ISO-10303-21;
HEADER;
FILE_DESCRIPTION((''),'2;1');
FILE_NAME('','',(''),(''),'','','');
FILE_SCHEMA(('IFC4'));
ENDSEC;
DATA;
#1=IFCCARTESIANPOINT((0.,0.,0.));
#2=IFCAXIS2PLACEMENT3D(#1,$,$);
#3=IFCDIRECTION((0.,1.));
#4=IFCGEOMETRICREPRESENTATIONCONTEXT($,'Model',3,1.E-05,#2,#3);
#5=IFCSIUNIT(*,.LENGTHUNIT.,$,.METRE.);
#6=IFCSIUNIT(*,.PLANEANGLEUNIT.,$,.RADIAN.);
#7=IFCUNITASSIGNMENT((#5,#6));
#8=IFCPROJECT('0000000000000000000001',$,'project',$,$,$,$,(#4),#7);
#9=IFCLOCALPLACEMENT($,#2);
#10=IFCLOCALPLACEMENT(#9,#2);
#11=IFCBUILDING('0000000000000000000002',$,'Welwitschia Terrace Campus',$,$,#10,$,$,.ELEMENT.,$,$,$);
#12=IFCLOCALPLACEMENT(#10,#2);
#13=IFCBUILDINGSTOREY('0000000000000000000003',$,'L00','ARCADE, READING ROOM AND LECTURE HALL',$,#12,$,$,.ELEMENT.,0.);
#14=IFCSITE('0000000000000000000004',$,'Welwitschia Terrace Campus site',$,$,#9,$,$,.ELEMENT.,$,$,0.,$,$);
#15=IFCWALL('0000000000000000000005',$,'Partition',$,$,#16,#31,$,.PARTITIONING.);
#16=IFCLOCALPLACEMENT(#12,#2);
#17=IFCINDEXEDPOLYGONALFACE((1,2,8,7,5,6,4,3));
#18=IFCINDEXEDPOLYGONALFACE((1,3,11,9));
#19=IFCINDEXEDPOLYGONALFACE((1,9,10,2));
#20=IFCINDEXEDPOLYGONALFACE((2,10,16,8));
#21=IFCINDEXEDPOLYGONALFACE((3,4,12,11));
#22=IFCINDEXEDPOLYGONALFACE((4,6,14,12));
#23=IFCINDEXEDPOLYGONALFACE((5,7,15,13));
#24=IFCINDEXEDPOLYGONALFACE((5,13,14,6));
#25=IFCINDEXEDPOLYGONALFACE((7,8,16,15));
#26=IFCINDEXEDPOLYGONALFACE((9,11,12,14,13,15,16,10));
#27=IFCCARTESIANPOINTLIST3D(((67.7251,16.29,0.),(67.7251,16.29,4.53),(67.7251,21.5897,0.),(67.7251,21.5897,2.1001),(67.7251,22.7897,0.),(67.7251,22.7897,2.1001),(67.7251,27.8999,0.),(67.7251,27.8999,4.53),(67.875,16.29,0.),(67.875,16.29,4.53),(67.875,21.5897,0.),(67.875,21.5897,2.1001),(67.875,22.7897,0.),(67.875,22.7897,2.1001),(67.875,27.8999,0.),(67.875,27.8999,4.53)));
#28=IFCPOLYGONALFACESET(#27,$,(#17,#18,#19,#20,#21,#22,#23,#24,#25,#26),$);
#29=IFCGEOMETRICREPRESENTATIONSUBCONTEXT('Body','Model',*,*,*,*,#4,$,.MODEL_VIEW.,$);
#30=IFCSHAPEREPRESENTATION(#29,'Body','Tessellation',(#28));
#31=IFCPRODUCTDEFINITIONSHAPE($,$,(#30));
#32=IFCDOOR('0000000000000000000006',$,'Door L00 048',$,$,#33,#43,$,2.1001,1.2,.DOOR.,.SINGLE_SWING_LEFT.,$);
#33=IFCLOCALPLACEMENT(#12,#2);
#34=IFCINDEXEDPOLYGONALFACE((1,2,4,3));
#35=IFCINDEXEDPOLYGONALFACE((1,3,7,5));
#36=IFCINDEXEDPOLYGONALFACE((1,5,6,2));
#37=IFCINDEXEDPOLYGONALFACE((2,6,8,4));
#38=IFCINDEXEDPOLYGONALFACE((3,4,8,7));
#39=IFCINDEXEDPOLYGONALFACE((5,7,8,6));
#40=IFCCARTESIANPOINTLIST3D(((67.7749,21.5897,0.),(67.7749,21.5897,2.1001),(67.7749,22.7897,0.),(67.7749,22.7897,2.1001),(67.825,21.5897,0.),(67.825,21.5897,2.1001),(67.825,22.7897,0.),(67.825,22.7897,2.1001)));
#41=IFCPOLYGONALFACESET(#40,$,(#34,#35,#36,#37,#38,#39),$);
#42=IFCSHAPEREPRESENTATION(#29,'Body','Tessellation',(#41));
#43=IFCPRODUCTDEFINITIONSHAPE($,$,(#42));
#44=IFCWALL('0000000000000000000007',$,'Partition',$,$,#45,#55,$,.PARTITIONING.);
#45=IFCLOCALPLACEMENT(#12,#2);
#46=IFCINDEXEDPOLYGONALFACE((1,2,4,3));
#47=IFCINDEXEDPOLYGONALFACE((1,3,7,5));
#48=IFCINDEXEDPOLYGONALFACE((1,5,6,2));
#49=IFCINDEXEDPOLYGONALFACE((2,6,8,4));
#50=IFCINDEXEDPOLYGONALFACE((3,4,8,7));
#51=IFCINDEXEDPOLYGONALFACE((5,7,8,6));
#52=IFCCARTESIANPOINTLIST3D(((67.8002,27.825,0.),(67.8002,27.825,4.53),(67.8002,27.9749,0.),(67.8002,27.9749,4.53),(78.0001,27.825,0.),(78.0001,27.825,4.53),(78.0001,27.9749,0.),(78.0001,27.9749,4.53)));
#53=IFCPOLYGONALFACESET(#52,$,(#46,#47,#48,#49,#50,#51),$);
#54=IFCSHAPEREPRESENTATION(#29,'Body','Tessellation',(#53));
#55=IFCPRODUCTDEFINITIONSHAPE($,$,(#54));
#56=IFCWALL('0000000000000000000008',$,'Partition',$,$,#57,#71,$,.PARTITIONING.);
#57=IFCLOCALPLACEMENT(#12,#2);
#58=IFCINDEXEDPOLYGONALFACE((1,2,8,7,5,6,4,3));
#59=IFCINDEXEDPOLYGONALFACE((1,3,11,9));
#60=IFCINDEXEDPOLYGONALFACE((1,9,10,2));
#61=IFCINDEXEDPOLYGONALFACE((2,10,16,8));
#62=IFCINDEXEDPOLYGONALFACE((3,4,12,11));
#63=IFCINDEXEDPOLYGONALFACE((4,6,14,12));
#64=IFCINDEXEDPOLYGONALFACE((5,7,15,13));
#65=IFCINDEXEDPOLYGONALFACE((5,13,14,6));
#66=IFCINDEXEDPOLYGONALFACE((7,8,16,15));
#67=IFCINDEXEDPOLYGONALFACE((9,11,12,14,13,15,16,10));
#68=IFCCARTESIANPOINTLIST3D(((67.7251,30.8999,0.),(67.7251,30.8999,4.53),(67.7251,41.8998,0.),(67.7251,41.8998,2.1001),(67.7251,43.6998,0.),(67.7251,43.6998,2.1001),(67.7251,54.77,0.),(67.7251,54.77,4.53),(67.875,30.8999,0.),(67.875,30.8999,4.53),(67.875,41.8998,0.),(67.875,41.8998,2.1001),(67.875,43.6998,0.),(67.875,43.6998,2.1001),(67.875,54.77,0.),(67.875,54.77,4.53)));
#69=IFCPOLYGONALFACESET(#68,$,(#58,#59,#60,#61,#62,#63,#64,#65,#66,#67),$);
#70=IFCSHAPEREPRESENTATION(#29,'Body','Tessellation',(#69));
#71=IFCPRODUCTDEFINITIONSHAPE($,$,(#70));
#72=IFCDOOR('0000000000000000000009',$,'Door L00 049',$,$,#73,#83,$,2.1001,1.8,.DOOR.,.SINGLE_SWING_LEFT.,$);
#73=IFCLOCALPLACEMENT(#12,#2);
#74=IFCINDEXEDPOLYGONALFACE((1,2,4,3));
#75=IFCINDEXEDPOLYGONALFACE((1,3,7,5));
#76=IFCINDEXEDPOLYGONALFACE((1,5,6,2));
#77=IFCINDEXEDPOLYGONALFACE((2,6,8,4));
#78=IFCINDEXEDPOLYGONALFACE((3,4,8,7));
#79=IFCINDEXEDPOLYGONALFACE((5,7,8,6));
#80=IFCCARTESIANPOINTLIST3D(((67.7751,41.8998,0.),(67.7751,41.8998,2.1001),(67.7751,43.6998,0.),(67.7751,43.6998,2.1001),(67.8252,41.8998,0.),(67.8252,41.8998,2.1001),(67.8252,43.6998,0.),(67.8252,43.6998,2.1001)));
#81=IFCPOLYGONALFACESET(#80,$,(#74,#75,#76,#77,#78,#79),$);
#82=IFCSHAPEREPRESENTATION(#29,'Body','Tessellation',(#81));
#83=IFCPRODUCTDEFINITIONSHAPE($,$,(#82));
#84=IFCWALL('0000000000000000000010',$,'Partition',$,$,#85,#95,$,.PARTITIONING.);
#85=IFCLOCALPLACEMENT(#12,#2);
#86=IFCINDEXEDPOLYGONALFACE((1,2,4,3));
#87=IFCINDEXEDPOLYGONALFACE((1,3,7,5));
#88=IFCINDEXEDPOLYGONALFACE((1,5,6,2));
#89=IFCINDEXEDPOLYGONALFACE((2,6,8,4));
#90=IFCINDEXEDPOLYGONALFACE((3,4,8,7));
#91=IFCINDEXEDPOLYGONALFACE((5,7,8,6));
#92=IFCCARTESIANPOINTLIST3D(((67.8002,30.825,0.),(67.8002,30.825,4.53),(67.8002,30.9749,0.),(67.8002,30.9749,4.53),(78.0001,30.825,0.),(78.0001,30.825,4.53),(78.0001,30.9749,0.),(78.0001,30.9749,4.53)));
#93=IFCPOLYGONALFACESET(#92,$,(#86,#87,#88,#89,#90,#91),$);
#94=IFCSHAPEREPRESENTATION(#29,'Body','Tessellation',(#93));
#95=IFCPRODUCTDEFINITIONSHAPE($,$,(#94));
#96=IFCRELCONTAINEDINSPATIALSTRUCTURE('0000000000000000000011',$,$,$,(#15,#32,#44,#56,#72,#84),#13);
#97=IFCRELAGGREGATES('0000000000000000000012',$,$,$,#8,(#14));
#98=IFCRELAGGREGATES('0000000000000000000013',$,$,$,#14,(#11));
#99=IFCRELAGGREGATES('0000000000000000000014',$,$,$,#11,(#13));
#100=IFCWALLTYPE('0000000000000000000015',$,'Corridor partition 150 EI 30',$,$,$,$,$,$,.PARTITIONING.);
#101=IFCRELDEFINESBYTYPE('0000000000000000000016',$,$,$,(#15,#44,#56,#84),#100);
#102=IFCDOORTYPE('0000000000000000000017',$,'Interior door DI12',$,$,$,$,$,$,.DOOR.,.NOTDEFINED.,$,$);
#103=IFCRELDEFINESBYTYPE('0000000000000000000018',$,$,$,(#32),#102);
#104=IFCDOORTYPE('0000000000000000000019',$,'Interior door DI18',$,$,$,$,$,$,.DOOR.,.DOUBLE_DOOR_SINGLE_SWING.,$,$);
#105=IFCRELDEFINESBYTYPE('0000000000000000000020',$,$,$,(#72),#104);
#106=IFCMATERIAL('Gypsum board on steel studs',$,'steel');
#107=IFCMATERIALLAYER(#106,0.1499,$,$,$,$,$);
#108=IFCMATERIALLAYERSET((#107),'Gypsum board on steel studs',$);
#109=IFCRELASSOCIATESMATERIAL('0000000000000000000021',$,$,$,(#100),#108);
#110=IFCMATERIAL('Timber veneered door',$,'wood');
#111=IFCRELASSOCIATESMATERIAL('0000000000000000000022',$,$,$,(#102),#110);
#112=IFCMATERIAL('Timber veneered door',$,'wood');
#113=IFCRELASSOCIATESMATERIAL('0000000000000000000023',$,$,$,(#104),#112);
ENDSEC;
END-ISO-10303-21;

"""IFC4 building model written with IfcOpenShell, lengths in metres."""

from ifc_helpers import new_model, si_unit, direction, frame, frame_2d, origin, place, context, subcontext, project, spatial, rectangle, extrude, material, layer, layer_set, type_object, element, fill, save


model = new_model("IFC4")

# Units and contexts
model_context = context("Model", 3, precision=1e-05, world=origin(), true_north=direction((0.0, 1.0)))
body_context = subcontext(model_context, "Body", "Model", "MODEL_VIEW")
ifc_project = project(units=[si_unit("LENGTHUNIT", "METRE"), si_unit("PLANEANGLEUNIT", "RADIAN")], contexts=[model_context])

# Site, building, storey
site_placement = place(None, origin())
site = spatial("IfcSite", under=ifc_project, at=site_placement, Name="Welwitschia Terrace Campus site", CompositionType="ELEMENT", RefElevation=0.0)
building_placement = place(site_placement, origin())
building = spatial("IfcBuilding", under=site, at=building_placement, Name="Welwitschia Terrace Campus", CompositionType="ELEMENT")
storey_placement = place(building_placement, origin())
storey = spatial("IfcBuildingStorey", under=building, at=storey_placement, Name="L00", Description="ARCADE, READING ROOM AND LECTURE HALL", CompositionType="ELEMENT", Elevation=0.0)

# Shared definitions
ifc_material_1 = material(Name="Gypsum board on steel studs", Category="steel")
ifc_layer = layer(ifc_material_1, 0.1499)
ifc_layer_set = layer_set([ifc_layer], Name="Gypsum board on steel studs")
wall_type = type_object("IfcWallType", Name="Corridor partition 150 EI 30", PredefinedType="PARTITIONING", material=ifc_layer_set)

# Wall, opening, door
wall_1_placement = place(storey_placement, frame((67.8, 27.8999, 0.0), z_axis=(0.0, 0.0, 1.0), x_axis=(0.0, -1.0, 0.0)))
wall_1 = element("IfcWall", 1, at=wall_1_placement, inside=storey, type_object=wall_type, Name="Partition", PredefinedType="PARTITIONING", context=body_context, shape_type="SweptSolid", body=[
    extrude(rectangle(XDim=11.6099, YDim=0.1499, at=frame_2d((5.8049, 0.0))), origin(), (0.0, 0.0, 1.0), 4.53),
])
opening_1_placement = place(wall_1_placement, frame((5.1101, 0.0, 0.0)))
opening_1 = element("IfcOpeningElement", 2, at=opening_1_placement, cuts=wall_1, PredefinedType="OPENING", context=body_context, shape_type="SweptSolid", body=[
    extrude(rectangle(XDim=1.2, YDim=2.1001, at=frame_2d((0.6001, 1.05))), frame((0.0, 0.085, 0.0), z_axis=(0.0, -1.0, 0.0), x_axis=(1.0, 0.0, 0.0)), (0.0, 0.0, 1.0), 0.1699),
])
ifc_material_2 = material(Name="Timber veneered door", Category="wood")
door_type_1 = type_object("IfcDoorType", Name="Interior door DI12", OperationType="NOTDEFINED", PredefinedType="DOOR", material=ifc_material_2)
door_1_placement = place(opening_1_placement, origin())
door_1 = element("IfcDoor", 3, at=door_1_placement, inside=storey, type_object=door_type_1, Name="Door L00 048", OperationType="SINGLE_SWING_LEFT", OverallHeight=2.1001, OverallWidth=1.2, PredefinedType="DOOR", context=body_context, shape_type="SweptSolid", body=[
    extrude(rectangle(XDim=1.2, YDim=2.1001, at=frame_2d((0.6001, 1.05))), frame((0.0, 0.0249, 0.0), z_axis=(0.0, -1.0, 0.0), x_axis=(1.0, 0.0, 0.0)), (0.0, 0.0, 1.0), 0.05),
])
fill(opening_1, door_1)

# Wall
wall_2_placement = place(storey_placement, frame((67.8, 27.8999, 0.0), z_axis=(0.0, 0.0, 1.0), x_axis=(1.0, 0.0, 0.0)))
element("IfcWall", 4, at=wall_2_placement, inside=storey, type_object=wall_type, Name="Partition", PredefinedType="PARTITIONING", context=body_context, shape_type="SweptSolid", body=[
    extrude(rectangle(XDim=10.2, YDim=0.1499, at=frame_2d((5.1001, 0.0))), origin(), (0.0, 0.0, 1.0), 4.53),
])

# Wall, opening, door
wall_3_placement = place(storey_placement, frame((67.8, 30.8999, 0.0), z_axis=(0.0, 0.0, 1.0), x_axis=(0.0, 1.0, 0.0)))
wall_3 = element("IfcWall", 5, at=wall_3_placement, inside=storey, type_object=wall_type, Name="Partition", PredefinedType="PARTITIONING", context=body_context, shape_type="SweptSolid", body=[
    extrude(rectangle(XDim=23.8701, YDim=0.1499, at=frame_2d((11.9351, 0.0))), origin(), (0.0, 0.0, 1.0), 4.53),
])
opening_2_placement = place(wall_3_placement, frame((11.0, 0.0, 0.0)))
opening_2 = element("IfcOpeningElement", 6, at=opening_2_placement, cuts=wall_3, PredefinedType="OPENING", context=body_context, shape_type="SweptSolid", body=[
    extrude(rectangle(XDim=1.8, YDim=2.1001, at=frame_2d((0.8999, 1.05))), frame((0.0, 0.085, 0.0), z_axis=(0.0, -1.0, 0.0), x_axis=(1.0, 0.0, 0.0)), (0.0, 0.0, 1.0), 0.1699),
])
ifc_material_3 = material(Name="Timber veneered door", Category="wood")
door_type_2 = type_object("IfcDoorType", Name="Interior door DI18", OperationType="DOUBLE_DOOR_SINGLE_SWING", PredefinedType="DOOR", material=ifc_material_3)
door_2_placement = place(opening_2_placement, origin())
door_2 = element("IfcDoor", 7, at=door_2_placement, inside=storey, type_object=door_type_2, Name="Door L00 049", OperationType="SINGLE_SWING_LEFT", OverallHeight=2.1001, OverallWidth=1.8, PredefinedType="DOOR", context=body_context, shape_type="SweptSolid", body=[
    extrude(rectangle(XDim=1.8, YDim=2.1001, at=frame_2d((0.8999, 1.05))), frame((0.0, 0.0249, 0.0), z_axis=(0.0, -1.0, 0.0), x_axis=(1.0, 0.0, 0.0)), (0.0, 0.0, 1.0), 0.05),
])
fill(opening_2, door_2)

# Wall
wall_4_placement = place(storey_placement, frame((67.8, 30.8999, 0.0), z_axis=(0.0, 0.0, 1.0), x_axis=(1.0, 0.0, 0.0)))
element("IfcWall", 8, at=wall_4_placement, inside=storey, type_object=wall_type, Name="Partition", PredefinedType="PARTITIONING", context=body_context, shape_type="SweptSolid", body=[
    extrude(rectangle(XDim=10.2, YDim=0.1499, at=frame_2d((5.1001, 0.0))), origin(), (0.0, 0.0, 1.0), 4.53),
])

save(model, "model.ifc")
